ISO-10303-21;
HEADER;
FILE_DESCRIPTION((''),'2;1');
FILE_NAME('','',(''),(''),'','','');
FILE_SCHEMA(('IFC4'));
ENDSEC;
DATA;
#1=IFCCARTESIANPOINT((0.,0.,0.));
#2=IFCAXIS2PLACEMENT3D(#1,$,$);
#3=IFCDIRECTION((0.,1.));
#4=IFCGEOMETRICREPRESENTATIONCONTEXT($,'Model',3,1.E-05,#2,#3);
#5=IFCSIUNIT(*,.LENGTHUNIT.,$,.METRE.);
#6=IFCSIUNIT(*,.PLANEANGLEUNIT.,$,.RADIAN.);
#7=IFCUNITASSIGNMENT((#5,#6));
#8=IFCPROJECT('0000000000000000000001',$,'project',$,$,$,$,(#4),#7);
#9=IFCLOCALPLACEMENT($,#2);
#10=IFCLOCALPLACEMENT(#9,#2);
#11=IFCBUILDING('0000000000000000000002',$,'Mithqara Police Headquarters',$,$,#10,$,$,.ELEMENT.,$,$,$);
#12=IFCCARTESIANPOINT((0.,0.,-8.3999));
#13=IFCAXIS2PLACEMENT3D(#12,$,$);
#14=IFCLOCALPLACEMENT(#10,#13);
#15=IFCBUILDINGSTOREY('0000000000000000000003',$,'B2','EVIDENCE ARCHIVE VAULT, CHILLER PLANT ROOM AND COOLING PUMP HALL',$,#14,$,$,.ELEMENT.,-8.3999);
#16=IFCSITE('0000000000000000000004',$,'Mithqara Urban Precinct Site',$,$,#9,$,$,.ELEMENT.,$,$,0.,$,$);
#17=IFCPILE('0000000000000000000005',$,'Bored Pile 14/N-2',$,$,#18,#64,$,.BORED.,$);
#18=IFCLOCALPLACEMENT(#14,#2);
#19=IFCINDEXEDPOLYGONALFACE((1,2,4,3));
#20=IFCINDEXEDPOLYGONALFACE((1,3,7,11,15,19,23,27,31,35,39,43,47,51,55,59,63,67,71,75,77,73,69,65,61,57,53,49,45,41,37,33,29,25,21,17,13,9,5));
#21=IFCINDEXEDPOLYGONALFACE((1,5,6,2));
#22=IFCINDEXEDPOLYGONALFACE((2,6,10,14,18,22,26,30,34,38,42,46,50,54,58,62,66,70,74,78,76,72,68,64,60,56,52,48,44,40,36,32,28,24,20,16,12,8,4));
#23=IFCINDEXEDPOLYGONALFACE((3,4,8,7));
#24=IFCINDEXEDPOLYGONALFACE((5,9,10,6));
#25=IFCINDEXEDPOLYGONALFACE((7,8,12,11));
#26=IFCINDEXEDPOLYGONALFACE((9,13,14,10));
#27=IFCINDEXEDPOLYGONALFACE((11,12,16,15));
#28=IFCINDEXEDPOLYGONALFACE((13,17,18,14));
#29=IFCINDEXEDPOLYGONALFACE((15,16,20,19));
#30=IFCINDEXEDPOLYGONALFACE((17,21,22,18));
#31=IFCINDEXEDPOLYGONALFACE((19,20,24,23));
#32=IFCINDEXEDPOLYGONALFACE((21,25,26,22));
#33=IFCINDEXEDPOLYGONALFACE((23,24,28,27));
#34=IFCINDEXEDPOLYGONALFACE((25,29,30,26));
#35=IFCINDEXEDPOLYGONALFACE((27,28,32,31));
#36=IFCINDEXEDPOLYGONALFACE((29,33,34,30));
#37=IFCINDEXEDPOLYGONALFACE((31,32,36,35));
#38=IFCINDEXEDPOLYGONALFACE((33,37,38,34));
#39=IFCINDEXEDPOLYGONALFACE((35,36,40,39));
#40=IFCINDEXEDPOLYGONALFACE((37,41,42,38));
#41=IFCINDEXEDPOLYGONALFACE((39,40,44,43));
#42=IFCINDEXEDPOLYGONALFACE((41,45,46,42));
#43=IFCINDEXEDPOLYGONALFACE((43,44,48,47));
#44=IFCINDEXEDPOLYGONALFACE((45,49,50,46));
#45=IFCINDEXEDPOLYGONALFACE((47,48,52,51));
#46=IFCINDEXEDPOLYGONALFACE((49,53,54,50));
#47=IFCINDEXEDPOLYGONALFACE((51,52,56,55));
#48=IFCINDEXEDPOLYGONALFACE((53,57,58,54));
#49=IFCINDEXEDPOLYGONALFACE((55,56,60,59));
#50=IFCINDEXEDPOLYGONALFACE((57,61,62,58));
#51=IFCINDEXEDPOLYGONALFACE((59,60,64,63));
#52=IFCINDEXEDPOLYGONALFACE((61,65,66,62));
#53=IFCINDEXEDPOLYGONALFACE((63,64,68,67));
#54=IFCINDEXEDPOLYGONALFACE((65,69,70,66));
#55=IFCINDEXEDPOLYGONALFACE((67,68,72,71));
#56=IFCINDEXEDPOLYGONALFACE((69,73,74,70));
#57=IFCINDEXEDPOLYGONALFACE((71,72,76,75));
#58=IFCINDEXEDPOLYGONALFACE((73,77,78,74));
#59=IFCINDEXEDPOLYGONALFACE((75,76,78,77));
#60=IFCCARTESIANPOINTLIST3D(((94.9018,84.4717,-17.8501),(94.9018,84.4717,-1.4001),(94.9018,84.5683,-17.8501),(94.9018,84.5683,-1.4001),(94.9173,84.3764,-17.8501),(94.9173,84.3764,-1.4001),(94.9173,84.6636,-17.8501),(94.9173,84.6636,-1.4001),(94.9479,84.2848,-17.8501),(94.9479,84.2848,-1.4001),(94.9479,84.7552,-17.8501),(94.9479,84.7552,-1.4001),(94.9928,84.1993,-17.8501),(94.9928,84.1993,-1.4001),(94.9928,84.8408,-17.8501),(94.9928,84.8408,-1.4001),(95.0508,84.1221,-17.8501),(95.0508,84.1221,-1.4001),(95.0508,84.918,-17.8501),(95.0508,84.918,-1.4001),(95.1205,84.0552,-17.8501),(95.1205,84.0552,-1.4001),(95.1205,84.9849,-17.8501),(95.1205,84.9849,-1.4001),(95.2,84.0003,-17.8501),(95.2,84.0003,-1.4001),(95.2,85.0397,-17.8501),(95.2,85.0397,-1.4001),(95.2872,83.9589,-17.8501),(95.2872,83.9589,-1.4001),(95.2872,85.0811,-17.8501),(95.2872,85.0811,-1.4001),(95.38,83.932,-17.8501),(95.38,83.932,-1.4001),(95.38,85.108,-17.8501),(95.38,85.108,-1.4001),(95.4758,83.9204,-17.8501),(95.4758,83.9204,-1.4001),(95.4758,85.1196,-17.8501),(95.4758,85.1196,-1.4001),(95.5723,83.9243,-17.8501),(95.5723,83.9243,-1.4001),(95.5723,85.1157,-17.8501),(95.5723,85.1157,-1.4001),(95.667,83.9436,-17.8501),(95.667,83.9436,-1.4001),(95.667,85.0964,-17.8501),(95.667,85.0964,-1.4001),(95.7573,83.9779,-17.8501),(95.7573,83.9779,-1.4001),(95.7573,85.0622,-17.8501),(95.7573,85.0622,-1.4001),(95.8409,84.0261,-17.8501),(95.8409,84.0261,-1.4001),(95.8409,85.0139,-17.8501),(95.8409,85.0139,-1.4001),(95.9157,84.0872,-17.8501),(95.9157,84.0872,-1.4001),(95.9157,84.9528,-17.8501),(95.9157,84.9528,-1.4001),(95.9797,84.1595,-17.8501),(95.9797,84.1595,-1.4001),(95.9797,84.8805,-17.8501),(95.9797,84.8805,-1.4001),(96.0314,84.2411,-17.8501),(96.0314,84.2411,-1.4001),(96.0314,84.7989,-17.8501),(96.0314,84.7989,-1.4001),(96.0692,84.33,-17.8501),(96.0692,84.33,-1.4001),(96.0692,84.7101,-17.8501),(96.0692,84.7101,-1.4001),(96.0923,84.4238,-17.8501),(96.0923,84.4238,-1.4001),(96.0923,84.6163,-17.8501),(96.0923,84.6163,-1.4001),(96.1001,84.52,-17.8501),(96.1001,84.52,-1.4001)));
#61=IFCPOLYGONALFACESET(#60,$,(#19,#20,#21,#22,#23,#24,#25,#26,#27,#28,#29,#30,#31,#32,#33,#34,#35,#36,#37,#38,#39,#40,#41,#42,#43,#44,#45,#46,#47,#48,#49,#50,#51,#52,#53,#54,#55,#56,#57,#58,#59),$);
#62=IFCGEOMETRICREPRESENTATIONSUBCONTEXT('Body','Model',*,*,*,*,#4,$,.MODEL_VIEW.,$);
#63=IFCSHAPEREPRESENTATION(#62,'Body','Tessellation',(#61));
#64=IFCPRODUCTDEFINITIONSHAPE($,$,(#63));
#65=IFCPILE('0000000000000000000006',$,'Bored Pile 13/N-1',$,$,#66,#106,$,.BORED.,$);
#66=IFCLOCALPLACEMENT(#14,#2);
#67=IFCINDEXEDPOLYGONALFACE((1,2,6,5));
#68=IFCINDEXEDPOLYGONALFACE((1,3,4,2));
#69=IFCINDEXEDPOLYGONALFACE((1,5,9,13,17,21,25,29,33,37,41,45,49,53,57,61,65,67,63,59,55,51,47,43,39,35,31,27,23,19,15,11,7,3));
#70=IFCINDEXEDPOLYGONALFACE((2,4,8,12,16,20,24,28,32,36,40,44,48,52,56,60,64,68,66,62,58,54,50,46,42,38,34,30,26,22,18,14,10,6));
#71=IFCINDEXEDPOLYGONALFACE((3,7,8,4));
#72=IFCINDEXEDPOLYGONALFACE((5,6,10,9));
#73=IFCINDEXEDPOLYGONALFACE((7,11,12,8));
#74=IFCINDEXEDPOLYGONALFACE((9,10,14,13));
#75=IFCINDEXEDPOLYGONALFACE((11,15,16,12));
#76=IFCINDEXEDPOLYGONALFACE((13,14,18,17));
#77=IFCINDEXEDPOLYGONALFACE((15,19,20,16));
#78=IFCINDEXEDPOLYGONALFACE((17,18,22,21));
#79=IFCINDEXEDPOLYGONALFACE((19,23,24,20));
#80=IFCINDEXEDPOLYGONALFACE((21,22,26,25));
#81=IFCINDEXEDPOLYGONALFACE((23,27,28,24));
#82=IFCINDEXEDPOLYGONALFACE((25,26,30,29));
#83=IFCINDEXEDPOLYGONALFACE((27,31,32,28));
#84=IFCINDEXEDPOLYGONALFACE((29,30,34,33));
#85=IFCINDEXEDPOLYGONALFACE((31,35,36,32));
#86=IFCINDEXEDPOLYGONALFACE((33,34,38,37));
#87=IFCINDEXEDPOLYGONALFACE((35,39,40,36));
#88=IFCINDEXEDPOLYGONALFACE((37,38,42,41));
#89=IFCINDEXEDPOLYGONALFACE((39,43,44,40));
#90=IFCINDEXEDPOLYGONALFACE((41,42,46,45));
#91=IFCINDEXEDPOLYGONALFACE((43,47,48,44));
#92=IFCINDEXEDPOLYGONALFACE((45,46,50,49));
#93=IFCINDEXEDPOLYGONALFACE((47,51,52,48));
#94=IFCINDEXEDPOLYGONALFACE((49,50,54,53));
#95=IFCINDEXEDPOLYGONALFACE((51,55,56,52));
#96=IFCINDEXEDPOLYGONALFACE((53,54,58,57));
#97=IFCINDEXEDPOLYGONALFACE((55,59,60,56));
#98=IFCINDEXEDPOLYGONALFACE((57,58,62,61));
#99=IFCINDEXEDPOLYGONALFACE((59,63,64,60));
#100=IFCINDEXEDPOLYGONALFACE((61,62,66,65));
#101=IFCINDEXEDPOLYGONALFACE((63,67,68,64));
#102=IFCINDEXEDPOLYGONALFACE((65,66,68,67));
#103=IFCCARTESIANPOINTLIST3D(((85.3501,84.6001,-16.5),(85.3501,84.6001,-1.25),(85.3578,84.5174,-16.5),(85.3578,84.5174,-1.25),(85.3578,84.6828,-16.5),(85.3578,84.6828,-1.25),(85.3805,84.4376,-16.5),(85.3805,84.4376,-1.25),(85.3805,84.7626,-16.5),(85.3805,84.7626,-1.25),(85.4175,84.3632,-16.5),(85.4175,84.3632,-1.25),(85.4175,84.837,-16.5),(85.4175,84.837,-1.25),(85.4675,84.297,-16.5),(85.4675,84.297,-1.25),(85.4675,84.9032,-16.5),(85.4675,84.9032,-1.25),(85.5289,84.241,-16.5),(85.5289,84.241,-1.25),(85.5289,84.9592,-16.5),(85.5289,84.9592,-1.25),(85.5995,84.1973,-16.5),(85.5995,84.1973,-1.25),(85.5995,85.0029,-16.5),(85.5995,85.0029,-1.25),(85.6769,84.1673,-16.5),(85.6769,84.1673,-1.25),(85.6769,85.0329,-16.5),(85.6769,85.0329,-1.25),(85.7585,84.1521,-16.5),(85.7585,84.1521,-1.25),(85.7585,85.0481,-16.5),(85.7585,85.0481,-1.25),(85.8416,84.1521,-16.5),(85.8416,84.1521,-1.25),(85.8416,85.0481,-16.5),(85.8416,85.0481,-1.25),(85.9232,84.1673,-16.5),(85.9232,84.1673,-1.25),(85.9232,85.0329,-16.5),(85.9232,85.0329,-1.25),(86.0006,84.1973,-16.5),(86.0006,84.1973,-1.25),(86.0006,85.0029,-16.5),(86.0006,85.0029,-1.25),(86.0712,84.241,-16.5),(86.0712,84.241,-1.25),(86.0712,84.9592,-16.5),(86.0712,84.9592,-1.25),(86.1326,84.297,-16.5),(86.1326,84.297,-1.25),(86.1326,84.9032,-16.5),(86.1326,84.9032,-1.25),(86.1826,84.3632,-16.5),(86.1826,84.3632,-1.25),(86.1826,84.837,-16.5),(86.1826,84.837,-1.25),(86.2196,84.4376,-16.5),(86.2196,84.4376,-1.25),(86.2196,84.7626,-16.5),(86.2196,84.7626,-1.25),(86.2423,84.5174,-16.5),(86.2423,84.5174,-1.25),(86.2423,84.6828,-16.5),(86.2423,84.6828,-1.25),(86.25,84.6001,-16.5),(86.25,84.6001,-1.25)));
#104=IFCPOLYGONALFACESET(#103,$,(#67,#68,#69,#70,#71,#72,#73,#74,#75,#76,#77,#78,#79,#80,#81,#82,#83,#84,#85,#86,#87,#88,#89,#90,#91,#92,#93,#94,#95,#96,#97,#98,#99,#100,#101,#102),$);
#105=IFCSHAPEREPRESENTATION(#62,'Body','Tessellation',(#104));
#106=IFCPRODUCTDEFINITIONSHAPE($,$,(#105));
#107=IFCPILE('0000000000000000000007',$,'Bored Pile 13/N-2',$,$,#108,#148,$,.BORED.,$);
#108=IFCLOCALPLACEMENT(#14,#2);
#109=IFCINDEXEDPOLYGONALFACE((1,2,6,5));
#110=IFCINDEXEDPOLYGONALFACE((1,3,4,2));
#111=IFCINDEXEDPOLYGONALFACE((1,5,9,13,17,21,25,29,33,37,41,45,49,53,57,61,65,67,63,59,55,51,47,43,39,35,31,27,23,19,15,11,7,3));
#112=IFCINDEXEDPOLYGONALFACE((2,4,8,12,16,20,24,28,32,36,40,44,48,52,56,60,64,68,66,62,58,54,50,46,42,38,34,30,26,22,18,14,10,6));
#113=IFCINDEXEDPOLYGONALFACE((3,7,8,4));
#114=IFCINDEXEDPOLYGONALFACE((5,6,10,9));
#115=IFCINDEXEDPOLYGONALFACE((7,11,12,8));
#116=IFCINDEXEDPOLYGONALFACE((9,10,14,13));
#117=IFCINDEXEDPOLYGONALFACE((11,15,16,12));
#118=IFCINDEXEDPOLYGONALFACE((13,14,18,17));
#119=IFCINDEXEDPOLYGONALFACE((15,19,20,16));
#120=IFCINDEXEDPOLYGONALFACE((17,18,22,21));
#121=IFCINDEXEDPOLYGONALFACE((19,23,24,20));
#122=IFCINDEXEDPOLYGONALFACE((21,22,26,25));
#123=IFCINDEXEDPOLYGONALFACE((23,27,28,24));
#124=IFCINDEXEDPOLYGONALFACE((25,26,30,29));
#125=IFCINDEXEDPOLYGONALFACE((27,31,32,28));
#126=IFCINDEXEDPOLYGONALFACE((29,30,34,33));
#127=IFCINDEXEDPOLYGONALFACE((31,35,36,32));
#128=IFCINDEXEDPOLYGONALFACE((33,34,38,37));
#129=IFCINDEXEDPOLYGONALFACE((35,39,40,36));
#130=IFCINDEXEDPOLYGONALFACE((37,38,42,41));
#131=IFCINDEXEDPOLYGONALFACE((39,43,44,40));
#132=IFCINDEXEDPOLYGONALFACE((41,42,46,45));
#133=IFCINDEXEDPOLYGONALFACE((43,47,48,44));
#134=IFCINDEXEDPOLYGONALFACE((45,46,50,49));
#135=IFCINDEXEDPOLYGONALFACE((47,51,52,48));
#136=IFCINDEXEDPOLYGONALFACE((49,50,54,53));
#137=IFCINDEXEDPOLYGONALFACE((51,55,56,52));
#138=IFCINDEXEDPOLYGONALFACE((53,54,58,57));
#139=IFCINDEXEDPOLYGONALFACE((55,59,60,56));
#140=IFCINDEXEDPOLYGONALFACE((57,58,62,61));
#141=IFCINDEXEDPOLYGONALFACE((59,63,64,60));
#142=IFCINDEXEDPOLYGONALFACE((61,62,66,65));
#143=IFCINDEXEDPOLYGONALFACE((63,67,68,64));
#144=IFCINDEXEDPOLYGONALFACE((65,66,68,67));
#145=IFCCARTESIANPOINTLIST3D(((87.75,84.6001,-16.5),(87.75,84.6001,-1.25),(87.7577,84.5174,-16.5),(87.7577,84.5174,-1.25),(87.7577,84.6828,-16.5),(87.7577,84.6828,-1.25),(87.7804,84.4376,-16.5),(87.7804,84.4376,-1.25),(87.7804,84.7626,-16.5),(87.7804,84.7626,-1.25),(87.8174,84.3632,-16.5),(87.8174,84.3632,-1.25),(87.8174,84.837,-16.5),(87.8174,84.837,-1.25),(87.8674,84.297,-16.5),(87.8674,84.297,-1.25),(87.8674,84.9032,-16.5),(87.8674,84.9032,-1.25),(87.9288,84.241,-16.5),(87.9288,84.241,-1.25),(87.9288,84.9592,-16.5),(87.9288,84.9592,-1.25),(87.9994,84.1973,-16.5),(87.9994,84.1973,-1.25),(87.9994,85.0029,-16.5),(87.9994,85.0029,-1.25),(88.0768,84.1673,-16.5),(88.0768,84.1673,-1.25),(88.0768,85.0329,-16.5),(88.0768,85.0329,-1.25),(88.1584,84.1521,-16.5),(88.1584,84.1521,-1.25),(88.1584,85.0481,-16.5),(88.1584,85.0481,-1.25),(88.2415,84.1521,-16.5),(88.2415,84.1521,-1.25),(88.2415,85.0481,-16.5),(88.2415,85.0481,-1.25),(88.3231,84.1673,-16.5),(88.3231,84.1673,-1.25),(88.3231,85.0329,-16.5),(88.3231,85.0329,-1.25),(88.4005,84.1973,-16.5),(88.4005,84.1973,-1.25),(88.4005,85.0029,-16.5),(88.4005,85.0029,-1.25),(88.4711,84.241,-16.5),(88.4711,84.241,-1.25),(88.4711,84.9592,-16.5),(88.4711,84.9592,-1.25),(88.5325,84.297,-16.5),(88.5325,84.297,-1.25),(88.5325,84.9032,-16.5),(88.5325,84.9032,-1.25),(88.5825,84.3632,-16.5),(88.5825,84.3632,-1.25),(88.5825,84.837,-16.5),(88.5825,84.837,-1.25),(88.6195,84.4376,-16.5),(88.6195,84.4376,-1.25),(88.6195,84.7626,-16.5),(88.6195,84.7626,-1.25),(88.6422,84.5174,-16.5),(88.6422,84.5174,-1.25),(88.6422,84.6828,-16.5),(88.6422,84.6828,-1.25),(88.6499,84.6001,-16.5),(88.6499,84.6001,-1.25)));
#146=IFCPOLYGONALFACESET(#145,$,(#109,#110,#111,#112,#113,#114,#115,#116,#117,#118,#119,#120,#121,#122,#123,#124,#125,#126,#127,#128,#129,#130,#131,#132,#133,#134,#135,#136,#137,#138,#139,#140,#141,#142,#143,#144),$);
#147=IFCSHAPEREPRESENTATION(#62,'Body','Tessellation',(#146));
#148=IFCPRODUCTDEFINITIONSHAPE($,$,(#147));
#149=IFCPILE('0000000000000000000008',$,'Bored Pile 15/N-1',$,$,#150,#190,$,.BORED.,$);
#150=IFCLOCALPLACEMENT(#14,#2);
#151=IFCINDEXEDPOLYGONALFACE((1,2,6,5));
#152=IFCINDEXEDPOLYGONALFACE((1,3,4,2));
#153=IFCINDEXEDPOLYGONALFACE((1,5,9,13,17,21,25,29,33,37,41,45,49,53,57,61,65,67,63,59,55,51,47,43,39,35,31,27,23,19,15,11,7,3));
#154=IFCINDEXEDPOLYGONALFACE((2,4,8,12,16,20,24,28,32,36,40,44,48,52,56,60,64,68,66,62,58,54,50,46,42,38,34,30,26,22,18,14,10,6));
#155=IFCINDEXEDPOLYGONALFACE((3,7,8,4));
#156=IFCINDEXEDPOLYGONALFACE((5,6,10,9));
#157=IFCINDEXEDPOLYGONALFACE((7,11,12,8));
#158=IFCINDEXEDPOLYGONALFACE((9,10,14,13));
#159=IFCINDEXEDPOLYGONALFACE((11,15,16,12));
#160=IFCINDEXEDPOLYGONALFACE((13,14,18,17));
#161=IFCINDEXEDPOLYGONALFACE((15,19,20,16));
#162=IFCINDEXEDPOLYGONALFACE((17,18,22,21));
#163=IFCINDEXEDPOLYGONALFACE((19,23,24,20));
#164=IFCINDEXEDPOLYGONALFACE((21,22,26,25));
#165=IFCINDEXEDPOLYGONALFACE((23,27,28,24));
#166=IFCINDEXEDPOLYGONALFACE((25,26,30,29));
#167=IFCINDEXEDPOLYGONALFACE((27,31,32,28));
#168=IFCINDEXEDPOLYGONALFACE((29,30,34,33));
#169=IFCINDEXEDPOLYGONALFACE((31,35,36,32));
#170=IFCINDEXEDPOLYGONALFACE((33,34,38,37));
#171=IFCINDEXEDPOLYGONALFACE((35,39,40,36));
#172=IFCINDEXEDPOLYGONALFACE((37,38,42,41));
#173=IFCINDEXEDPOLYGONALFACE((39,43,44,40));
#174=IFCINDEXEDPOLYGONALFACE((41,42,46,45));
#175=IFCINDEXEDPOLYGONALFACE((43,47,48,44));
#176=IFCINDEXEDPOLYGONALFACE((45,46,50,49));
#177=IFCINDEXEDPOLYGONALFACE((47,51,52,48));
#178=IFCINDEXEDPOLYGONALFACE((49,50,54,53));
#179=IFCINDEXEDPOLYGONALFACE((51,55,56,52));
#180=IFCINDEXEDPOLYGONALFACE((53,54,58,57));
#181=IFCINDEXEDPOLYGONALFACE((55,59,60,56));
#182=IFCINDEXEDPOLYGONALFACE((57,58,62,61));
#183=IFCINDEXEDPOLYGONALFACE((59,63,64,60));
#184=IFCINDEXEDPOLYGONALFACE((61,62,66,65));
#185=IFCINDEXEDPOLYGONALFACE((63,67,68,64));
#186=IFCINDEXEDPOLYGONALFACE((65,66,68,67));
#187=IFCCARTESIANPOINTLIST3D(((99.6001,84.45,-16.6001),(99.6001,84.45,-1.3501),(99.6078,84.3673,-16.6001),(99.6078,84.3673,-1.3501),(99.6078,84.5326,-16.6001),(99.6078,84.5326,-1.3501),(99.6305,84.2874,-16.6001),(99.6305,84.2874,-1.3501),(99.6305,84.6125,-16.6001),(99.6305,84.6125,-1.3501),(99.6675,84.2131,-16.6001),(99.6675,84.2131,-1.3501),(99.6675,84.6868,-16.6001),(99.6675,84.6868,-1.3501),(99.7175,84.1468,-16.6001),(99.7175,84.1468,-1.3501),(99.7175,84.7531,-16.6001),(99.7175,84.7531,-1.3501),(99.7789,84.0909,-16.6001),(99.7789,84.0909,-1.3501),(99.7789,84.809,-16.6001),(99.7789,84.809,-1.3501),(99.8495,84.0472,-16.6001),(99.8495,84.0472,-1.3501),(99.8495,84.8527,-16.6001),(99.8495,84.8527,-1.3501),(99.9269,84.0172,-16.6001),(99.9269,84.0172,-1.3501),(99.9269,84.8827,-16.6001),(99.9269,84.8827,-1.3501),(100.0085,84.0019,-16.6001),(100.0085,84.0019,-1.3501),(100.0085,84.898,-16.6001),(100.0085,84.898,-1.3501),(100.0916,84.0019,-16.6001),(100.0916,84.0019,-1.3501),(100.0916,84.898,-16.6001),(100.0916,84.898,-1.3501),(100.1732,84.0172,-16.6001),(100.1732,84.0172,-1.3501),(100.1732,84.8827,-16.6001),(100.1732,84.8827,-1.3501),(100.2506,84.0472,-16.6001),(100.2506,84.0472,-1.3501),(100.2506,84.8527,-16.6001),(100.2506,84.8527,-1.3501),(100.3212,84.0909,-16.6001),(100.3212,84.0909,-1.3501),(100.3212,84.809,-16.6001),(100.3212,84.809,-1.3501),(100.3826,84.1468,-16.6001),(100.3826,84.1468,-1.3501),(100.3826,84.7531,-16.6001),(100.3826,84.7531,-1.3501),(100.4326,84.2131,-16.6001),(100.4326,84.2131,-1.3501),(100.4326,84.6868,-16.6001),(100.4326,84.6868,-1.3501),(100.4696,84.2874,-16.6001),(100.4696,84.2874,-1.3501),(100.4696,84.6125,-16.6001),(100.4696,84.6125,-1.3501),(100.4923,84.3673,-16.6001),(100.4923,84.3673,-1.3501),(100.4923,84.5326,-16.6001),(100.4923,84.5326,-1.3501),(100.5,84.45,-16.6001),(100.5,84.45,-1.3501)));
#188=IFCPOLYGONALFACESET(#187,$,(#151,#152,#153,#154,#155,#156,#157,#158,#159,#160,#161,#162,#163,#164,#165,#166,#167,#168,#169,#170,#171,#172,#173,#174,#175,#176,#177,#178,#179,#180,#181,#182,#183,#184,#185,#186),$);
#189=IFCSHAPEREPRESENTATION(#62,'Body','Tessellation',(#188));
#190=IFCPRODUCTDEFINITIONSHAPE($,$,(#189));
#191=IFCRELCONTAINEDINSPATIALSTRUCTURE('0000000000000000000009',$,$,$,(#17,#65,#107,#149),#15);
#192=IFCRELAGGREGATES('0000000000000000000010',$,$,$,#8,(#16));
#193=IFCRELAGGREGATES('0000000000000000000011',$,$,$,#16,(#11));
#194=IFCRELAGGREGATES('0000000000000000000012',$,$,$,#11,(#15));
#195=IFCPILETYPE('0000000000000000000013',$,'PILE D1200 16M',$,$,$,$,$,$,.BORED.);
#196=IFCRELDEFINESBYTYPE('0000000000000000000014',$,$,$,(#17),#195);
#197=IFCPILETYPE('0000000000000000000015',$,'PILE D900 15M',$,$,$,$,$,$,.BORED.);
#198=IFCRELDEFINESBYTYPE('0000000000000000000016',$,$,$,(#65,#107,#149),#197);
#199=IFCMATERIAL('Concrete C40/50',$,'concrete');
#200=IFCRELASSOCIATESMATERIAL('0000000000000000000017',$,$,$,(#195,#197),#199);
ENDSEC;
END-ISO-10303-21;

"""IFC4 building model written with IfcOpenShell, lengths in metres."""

from ifc_helpers import new_model, si_unit, direction, frame, origin, origin_2d, place, context, subcontext, project, spatial, circle, extrude, material, material_profile, profile_set, type_object, element, save


model = new_model("IFC4")

# Units and contexts
model_context = context("Model", 3, precision=1e-05, world=origin(), true_north=direction((0.0, 1.0)))
body_context = subcontext(model_context, "Body", "Model", "MODEL_VIEW")
ifc_project = project(units=[si_unit("LENGTHUNIT", "METRE"), si_unit("PLANEANGLEUNIT", "RADIAN")], contexts=[model_context])

# Site, building, storey
site_placement = place(None, origin())
site = spatial("IfcSite", under=ifc_project, at=site_placement, Name="Mithqara Urban Precinct Site", CompositionType="ELEMENT", RefElevation=0.0)
building_placement = place(site_placement, origin())
building = spatial("IfcBuilding", under=site, at=building_placement, Name="Mithqara Police Headquarters", CompositionType="ELEMENT")
storey_placement = place(building_placement, frame((0.0, 0.0, -8.3999)))
storey = spatial("IfcBuildingStorey", under=building, at=storey_placement, Name="B2", Description="EVIDENCE ARCHIVE VAULT, CHILLER PLANT ROOM AND COOLING PUMP HALL", CompositionType="ELEMENT", Elevation=-8.3999)

# Shared definitions
ifc_material_1 = material(Name="Concrete C40/50", Category="concrete")

# Piles
ifc_material_profile_1 = material_profile(ifc_material_1, circle(Radius=0.6001, at=origin_2d()), Name="PILE D1200")
ifc_profile_set_1 = profile_set([ifc_material_profile_1], Name="Concrete C40/50")
pile_type_1 = type_object("IfcPileType", Name="PILE D1200 16M", PredefinedType="BORED", material=ifc_profile_set_1)
for number, where, z_axis, x_axis, name in (
    (1, (95.5, 84.52, -1.4001), (0.0, 0.0, -1.0), (1.0, 0.0, 0.0), "Bored Pile 14/N-2"),
):
    element("IfcPile", number, at=place(storey_placement, frame(where, z_axis=z_axis, x_axis=x_axis)), inside=storey, type_object=pile_type_1, Name=name, PredefinedType="BORED", context=body_context, shape_type="SweptSolid", body=[
        extrude(circle(Radius=0.6001, at=origin_2d()), origin(), (0.0, 0.0, 1.0), 16.45),
    ])
ifc_material_profile_2 = material_profile(ifc_material_1, circle(Radius=0.45, at=origin_2d()), Name="PILE D900")
ifc_profile_set_2 = profile_set([ifc_material_profile_2], Name="Concrete C40/50")
pile_type_2 = type_object("IfcPileType", Name="PILE D900 15M", PredefinedType="BORED", material=ifc_profile_set_2)
for number, where, z_axis, x_axis, name in (
    (2, (85.8, 84.6001, -1.25), (0.0, 0.0, -1.0), (1.0, 0.0, 0.0), "Bored Pile 13/N-1"),
    (3, (88.2, 84.6001, -1.25), (0.0, 0.0, -1.0), (1.0, 0.0, 0.0), "Bored Pile 13/N-2"),
    (4, (100.05, 84.45, -1.3501), (0.0, 0.0, -1.0), (1.0, 0.0, 0.0), "Bored Pile 15/N-1"),
):
    element("IfcPile", number, at=place(storey_placement, frame(where, z_axis=z_axis, x_axis=x_axis)), inside=storey, type_object=pile_type_2, Name=name, PredefinedType="BORED", context=body_context, shape_type="SweptSolid", body=[
        extrude(circle(Radius=0.45, at=origin_2d()), origin(), (0.0, 0.0, 1.0), 15.25),
    ])

save(model, "model.ifc")
